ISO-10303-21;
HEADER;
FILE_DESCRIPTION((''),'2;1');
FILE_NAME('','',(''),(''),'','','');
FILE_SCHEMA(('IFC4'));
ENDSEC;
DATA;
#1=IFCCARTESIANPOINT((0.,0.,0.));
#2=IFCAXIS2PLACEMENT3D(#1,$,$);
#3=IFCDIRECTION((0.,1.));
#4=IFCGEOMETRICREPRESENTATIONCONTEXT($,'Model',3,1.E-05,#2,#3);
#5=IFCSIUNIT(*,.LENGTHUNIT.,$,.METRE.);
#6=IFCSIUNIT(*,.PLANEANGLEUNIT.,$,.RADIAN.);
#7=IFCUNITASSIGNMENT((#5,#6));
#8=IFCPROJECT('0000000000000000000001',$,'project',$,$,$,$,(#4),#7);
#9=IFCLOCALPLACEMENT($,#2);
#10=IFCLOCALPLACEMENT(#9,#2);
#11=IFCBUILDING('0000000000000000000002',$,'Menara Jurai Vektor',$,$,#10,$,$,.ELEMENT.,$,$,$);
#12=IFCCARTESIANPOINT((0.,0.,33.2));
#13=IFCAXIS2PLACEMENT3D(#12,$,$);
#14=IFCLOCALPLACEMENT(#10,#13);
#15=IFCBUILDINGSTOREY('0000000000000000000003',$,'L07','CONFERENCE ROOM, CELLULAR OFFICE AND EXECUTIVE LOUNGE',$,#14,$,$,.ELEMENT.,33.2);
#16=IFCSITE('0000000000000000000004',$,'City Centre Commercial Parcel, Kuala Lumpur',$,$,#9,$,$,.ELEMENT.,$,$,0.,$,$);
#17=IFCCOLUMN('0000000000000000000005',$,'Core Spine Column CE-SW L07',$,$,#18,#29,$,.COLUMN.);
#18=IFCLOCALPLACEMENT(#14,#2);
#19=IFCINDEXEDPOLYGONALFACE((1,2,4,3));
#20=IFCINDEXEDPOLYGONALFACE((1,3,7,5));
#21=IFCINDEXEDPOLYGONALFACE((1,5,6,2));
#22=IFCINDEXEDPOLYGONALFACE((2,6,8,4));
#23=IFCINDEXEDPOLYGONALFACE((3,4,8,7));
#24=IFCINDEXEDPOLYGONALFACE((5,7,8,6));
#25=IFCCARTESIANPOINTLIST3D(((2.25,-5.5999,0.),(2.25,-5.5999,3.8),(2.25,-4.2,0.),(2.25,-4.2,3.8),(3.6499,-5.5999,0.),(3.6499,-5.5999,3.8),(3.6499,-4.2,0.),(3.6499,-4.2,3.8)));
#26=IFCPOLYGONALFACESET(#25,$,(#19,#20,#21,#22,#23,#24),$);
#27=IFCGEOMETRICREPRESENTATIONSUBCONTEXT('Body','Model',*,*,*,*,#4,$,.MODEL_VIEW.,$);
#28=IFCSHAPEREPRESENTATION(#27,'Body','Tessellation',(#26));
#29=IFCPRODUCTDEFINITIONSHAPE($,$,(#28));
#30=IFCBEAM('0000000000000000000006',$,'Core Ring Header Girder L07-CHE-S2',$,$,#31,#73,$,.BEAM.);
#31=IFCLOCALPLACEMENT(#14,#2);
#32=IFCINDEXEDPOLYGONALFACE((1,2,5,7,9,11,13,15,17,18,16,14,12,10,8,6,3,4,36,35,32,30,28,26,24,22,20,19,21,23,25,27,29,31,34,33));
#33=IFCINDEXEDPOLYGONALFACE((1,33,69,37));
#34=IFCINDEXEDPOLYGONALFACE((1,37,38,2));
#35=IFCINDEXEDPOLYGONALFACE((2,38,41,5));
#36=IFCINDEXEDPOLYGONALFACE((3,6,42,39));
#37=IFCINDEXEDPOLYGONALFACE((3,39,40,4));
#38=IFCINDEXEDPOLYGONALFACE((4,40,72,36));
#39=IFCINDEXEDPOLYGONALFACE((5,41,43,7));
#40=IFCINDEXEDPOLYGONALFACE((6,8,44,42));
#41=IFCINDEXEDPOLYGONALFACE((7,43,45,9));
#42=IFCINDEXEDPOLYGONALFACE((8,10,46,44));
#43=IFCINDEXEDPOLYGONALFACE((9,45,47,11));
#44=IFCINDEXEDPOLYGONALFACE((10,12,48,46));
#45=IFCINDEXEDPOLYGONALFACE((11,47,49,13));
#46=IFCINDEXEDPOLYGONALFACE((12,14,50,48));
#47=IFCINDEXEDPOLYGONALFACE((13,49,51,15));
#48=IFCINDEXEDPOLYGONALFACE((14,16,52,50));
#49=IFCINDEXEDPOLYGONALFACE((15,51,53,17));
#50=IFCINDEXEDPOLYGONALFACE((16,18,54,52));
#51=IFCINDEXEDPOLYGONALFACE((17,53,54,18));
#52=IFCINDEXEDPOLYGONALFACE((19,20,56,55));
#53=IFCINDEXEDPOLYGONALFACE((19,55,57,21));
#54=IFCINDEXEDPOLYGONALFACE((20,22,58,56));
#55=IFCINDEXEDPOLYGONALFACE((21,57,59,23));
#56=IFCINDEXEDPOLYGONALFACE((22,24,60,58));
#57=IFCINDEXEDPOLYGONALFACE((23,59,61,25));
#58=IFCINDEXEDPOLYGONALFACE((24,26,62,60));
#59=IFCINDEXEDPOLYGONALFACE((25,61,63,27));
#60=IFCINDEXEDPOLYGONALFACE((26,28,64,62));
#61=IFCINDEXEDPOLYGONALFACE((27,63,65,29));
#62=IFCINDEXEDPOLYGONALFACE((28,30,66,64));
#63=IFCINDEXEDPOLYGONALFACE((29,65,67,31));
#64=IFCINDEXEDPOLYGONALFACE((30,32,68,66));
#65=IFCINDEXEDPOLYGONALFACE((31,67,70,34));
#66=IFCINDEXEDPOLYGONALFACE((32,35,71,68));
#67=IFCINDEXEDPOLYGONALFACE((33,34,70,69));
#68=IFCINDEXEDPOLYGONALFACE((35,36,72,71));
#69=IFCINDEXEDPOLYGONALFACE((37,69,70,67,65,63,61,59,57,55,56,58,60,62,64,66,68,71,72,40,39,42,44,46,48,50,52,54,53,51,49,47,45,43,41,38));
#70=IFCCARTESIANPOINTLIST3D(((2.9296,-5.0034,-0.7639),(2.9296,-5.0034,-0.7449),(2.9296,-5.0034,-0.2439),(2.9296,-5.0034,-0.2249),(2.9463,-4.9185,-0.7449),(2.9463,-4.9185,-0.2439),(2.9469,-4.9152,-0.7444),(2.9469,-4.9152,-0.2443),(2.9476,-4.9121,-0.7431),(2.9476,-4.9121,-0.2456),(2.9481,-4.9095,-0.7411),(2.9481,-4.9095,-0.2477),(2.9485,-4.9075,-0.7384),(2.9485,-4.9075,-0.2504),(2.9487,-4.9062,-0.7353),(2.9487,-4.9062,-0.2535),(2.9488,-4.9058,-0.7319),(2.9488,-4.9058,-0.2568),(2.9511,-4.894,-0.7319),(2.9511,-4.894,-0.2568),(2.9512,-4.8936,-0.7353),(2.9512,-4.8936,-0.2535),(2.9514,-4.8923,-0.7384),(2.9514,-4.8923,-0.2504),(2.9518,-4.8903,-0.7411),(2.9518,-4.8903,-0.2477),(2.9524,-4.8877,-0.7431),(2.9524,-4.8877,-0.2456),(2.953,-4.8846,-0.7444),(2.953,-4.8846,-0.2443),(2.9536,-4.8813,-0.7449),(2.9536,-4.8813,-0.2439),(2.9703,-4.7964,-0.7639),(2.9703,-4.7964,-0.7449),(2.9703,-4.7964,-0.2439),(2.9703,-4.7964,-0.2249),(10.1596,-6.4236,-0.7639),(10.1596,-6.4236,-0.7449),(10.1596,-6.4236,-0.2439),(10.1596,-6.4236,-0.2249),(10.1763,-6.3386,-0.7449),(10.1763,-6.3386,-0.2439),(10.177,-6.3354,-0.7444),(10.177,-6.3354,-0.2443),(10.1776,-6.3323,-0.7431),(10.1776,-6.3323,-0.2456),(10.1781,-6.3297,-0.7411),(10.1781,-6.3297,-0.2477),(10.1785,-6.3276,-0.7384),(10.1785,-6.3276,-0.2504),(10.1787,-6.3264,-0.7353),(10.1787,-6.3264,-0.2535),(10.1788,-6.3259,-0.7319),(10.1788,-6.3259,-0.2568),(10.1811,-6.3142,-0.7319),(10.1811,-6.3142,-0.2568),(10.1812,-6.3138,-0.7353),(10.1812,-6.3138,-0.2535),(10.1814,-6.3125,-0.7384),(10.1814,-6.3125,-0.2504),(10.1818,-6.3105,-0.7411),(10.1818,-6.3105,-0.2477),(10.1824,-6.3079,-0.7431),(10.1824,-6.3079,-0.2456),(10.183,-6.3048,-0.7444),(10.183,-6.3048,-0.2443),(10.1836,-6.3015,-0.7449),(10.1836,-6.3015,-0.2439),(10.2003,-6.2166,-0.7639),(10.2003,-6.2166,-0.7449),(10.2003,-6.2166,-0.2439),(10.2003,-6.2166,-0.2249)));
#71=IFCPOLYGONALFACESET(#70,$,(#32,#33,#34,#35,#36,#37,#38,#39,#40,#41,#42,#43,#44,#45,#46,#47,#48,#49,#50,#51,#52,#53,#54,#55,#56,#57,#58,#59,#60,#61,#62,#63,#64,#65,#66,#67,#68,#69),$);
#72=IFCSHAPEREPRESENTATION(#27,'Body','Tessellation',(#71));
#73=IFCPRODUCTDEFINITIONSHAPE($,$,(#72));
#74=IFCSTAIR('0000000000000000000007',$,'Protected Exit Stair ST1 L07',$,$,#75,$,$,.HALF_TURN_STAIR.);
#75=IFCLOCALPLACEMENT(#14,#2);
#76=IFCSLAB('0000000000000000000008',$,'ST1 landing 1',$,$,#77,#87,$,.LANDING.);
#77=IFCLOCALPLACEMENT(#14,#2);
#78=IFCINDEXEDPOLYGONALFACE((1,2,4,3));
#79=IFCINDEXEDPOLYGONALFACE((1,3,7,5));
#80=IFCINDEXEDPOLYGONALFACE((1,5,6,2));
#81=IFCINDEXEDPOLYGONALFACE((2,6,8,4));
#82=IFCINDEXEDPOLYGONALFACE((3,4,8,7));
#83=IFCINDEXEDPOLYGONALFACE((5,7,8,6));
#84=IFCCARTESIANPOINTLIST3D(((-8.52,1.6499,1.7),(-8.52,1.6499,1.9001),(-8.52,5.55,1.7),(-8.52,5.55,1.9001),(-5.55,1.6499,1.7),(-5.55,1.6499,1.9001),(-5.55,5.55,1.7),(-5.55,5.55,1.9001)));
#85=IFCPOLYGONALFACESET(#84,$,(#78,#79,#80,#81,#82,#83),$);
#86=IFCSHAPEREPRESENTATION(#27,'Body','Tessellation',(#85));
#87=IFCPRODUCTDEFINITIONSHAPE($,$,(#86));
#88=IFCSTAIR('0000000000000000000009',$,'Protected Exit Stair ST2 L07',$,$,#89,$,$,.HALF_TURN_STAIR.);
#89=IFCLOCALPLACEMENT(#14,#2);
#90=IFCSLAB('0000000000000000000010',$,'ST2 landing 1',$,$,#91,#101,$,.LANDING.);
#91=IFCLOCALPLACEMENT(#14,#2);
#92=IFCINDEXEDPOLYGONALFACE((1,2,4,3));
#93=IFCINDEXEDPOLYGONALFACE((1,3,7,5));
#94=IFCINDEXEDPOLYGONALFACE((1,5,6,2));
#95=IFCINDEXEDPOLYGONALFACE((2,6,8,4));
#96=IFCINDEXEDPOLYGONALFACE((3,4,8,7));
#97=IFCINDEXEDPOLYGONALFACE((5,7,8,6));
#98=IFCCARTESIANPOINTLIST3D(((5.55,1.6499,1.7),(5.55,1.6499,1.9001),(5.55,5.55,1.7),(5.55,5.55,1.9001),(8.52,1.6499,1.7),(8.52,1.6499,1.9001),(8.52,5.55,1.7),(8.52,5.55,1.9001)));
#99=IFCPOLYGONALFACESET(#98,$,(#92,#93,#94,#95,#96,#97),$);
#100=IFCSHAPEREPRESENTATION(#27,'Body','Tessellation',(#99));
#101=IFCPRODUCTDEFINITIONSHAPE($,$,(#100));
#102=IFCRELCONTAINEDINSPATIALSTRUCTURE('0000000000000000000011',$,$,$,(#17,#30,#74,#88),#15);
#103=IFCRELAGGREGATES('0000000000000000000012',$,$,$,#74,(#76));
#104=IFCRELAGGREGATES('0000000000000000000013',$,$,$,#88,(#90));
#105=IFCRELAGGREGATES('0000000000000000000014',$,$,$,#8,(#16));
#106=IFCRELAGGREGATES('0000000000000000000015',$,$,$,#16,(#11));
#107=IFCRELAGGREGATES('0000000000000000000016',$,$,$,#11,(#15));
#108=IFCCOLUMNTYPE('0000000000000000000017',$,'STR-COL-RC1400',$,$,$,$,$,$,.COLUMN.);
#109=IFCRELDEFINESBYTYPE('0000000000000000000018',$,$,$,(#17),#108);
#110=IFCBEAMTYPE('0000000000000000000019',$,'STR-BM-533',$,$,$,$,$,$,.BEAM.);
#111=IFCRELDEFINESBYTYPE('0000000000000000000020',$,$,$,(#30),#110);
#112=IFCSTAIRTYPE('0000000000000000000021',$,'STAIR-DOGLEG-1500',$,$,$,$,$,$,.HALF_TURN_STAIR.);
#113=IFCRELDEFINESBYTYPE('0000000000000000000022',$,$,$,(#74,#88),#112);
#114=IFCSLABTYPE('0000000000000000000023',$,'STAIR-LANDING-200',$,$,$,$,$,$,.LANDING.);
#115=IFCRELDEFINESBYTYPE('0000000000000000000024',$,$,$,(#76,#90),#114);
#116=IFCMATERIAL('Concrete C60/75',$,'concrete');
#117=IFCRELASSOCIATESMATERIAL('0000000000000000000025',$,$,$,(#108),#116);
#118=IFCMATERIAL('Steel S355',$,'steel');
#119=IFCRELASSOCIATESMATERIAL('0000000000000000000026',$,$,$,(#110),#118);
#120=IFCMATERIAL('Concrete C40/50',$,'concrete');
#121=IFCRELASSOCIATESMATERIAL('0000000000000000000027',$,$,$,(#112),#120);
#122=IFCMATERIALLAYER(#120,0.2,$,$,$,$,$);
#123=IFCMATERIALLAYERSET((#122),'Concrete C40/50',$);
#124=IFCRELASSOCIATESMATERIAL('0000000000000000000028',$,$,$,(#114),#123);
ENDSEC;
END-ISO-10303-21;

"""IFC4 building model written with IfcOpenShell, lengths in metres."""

from ifc_helpers import new_model, si_unit, direction, frame, origin, origin_2d, place, context, subcontext, project, spatial, polyline, rectangle, i_section, outline, extrude, material, layer, layer_set, material_profile, profile_set, type_object, element, aggregate, save


model = new_model("IFC4")

# Units and contexts
model_context = context("Model", 3, precision=1e-05, world=origin(), true_north=direction((0.0, 1.0)))
body_context = subcontext(model_context, "Body", "Model", "MODEL_VIEW")
ifc_project = project(units=[si_unit("LENGTHUNIT", "METRE"), si_unit("PLANEANGLEUNIT", "RADIAN")], contexts=[model_context])

# Site, building, storey
site_placement = place(None, origin())
site = spatial("IfcSite", under=ifc_project, at=site_placement, Name="City Centre Commercial Parcel, Kuala Lumpur", CompositionType="ELEMENT", RefElevation=0.0)
building_placement = place(site_placement, origin())
building = spatial("IfcBuilding", under=site, at=building_placement, Name="Menara Jurai Vektor", CompositionType="ELEMENT")
storey_placement = place(building_placement, frame((0.0, 0.0, 33.2)))
storey = spatial("IfcBuildingStorey", under=building, at=storey_placement, Name="L07", Description="CONFERENCE ROOM, CELLULAR OFFICE AND EXECUTIVE LOUNGE", CompositionType="ELEMENT", Elevation=33.2)

# Column
ifc_material_1 = material(Name="Concrete C60/75", Category="concrete")
ifc_material_profile_1 = material_profile(ifc_material_1, rectangle(XDim=1.3999, YDim=1.3999, at=origin_2d()), Name="RC 1400x1400")
ifc_profile_set_1 = profile_set([ifc_material_profile_1], Name="Concrete C60/75")
column_type = type_object("IfcColumnType", Name="STR-COL-RC1400", PredefinedType="COLUMN", material=ifc_profile_set_1)
column_placement = place(storey_placement, frame((2.95, -4.8999, 0.0), z_axis=(0.0, 0.0, 1.0), x_axis=(1.0, 0.0, 0.0)))
element("IfcColumn", 1, at=column_placement, inside=storey, type_object=column_type, Name="Core Spine Column CE-SW L07", PredefinedType="COLUMN", context=body_context, shape_type="SweptSolid", body=[
    extrude(rectangle(XDim=1.3999, YDim=1.3999, at=origin_2d()), origin(), (0.0, 0.0, 1.0), 3.8),
])

# Beam
ifc_material_2 = material(Name="Steel S355", Category="steel")
ifc_material_profile_2 = material_profile(ifc_material_2, i_section(OverallWidth=0.2109, OverallDepth=0.5391, WebThickness=0.012, FlangeThickness=0.019, FilletRadius=0.0129, at=origin_2d()), Name="UKB 533x210x109")
ifc_profile_set_2 = profile_set([ifc_material_profile_2], Name="Steel S355")
beam_type = type_object("IfcBeamType", Name="STR-BM-533", PredefinedType="BEAM", material=ifc_profile_set_2)
beam_placement = place(storey_placement, frame((2.95, -4.8999, -0.4944), z_axis=(0.981249, -0.192744, 0.0), x_axis=(0.192744, 0.981249, 0.0)))
element("IfcBeam", 2, at=beam_placement, inside=storey, type_object=beam_type, Name="Core Ring Header Girder L07-CHE-S2", PredefinedType="BEAM", context=body_context, shape_type="SweptSolid", body=[
    extrude(i_section(OverallWidth=0.2109, OverallDepth=0.5391, WebThickness=0.012, FlangeThickness=0.019, FilletRadius=0.0129, at=origin_2d()), origin(), (0.0, 0.0, 1.0), 7.3682),
])

# Stairs, slabs
ifc_material_3 = material(Name="Concrete C40/50", Category="concrete")
stair_type = type_object("IfcStairType", Name="STAIR-DOGLEG-1500", PredefinedType="HALF_TURN_STAIR", material=ifc_material_3)
stair_1_placement = place(storey_placement, origin())
stair_1 = element("IfcStair", 3, at=stair_1_placement, inside=storey, type_object=stair_type, Name="Protected Exit Stair ST1 L07", PredefinedType="HALF_TURN_STAIR")
ifc_layer_1 = layer(ifc_material_3, 0.2)
ifc_layer_set_1 = layer_set([ifc_layer_1], Name="Concrete C40/50")
slab_type_1 = type_object("IfcSlabType", Name="STAIR-LANDING-200", PredefinedType="LANDING", material=ifc_layer_set_1)
slab_1_placement = place(storey_placement, frame((0.0, 0.0, 1.7)))
slab_1 = element("IfcSlab", 4, at=slab_1_placement, type_object=slab_type_1, Name="ST1 landing 1", PredefinedType="LANDING", context=body_context, shape_type="SweptSolid", body=[
    extrude(outline(polyline([(-8.52, 1.6499), (-5.55, 1.6499), (-5.55, 5.55), (-8.52, 5.55), (-8.52, 1.6499)])), origin(), (0.0, 0.0, 1.0), 0.2002),
])
aggregate(stair_1, [slab_1])
stair_2_placement = place(storey_placement, origin())
stair_2 = element("IfcStair", 5, at=stair_2_placement, inside=storey, type_object=stair_type, Name="Protected Exit Stair ST2 L07", PredefinedType="HALF_TURN_STAIR")
slab_2_placement = place(storey_placement, frame((0.0, 0.0, 1.7)))
slab_2 = element("IfcSlab", 6, at=slab_2_placement, type_object=slab_type_1, Name="ST2 landing 1", PredefinedType="LANDING", context=body_context, shape_type="SweptSolid", body=[
    extrude(outline(polyline([(5.55, 1.6499), (8.52, 1.6499), (8.52, 5.55), (5.55, 5.55), (5.55, 1.6499)])), origin(), (0.0, 0.0, 1.0), 0.2002),
])
aggregate(stair_2, [slab_2])

save(model, "model.ifc")
